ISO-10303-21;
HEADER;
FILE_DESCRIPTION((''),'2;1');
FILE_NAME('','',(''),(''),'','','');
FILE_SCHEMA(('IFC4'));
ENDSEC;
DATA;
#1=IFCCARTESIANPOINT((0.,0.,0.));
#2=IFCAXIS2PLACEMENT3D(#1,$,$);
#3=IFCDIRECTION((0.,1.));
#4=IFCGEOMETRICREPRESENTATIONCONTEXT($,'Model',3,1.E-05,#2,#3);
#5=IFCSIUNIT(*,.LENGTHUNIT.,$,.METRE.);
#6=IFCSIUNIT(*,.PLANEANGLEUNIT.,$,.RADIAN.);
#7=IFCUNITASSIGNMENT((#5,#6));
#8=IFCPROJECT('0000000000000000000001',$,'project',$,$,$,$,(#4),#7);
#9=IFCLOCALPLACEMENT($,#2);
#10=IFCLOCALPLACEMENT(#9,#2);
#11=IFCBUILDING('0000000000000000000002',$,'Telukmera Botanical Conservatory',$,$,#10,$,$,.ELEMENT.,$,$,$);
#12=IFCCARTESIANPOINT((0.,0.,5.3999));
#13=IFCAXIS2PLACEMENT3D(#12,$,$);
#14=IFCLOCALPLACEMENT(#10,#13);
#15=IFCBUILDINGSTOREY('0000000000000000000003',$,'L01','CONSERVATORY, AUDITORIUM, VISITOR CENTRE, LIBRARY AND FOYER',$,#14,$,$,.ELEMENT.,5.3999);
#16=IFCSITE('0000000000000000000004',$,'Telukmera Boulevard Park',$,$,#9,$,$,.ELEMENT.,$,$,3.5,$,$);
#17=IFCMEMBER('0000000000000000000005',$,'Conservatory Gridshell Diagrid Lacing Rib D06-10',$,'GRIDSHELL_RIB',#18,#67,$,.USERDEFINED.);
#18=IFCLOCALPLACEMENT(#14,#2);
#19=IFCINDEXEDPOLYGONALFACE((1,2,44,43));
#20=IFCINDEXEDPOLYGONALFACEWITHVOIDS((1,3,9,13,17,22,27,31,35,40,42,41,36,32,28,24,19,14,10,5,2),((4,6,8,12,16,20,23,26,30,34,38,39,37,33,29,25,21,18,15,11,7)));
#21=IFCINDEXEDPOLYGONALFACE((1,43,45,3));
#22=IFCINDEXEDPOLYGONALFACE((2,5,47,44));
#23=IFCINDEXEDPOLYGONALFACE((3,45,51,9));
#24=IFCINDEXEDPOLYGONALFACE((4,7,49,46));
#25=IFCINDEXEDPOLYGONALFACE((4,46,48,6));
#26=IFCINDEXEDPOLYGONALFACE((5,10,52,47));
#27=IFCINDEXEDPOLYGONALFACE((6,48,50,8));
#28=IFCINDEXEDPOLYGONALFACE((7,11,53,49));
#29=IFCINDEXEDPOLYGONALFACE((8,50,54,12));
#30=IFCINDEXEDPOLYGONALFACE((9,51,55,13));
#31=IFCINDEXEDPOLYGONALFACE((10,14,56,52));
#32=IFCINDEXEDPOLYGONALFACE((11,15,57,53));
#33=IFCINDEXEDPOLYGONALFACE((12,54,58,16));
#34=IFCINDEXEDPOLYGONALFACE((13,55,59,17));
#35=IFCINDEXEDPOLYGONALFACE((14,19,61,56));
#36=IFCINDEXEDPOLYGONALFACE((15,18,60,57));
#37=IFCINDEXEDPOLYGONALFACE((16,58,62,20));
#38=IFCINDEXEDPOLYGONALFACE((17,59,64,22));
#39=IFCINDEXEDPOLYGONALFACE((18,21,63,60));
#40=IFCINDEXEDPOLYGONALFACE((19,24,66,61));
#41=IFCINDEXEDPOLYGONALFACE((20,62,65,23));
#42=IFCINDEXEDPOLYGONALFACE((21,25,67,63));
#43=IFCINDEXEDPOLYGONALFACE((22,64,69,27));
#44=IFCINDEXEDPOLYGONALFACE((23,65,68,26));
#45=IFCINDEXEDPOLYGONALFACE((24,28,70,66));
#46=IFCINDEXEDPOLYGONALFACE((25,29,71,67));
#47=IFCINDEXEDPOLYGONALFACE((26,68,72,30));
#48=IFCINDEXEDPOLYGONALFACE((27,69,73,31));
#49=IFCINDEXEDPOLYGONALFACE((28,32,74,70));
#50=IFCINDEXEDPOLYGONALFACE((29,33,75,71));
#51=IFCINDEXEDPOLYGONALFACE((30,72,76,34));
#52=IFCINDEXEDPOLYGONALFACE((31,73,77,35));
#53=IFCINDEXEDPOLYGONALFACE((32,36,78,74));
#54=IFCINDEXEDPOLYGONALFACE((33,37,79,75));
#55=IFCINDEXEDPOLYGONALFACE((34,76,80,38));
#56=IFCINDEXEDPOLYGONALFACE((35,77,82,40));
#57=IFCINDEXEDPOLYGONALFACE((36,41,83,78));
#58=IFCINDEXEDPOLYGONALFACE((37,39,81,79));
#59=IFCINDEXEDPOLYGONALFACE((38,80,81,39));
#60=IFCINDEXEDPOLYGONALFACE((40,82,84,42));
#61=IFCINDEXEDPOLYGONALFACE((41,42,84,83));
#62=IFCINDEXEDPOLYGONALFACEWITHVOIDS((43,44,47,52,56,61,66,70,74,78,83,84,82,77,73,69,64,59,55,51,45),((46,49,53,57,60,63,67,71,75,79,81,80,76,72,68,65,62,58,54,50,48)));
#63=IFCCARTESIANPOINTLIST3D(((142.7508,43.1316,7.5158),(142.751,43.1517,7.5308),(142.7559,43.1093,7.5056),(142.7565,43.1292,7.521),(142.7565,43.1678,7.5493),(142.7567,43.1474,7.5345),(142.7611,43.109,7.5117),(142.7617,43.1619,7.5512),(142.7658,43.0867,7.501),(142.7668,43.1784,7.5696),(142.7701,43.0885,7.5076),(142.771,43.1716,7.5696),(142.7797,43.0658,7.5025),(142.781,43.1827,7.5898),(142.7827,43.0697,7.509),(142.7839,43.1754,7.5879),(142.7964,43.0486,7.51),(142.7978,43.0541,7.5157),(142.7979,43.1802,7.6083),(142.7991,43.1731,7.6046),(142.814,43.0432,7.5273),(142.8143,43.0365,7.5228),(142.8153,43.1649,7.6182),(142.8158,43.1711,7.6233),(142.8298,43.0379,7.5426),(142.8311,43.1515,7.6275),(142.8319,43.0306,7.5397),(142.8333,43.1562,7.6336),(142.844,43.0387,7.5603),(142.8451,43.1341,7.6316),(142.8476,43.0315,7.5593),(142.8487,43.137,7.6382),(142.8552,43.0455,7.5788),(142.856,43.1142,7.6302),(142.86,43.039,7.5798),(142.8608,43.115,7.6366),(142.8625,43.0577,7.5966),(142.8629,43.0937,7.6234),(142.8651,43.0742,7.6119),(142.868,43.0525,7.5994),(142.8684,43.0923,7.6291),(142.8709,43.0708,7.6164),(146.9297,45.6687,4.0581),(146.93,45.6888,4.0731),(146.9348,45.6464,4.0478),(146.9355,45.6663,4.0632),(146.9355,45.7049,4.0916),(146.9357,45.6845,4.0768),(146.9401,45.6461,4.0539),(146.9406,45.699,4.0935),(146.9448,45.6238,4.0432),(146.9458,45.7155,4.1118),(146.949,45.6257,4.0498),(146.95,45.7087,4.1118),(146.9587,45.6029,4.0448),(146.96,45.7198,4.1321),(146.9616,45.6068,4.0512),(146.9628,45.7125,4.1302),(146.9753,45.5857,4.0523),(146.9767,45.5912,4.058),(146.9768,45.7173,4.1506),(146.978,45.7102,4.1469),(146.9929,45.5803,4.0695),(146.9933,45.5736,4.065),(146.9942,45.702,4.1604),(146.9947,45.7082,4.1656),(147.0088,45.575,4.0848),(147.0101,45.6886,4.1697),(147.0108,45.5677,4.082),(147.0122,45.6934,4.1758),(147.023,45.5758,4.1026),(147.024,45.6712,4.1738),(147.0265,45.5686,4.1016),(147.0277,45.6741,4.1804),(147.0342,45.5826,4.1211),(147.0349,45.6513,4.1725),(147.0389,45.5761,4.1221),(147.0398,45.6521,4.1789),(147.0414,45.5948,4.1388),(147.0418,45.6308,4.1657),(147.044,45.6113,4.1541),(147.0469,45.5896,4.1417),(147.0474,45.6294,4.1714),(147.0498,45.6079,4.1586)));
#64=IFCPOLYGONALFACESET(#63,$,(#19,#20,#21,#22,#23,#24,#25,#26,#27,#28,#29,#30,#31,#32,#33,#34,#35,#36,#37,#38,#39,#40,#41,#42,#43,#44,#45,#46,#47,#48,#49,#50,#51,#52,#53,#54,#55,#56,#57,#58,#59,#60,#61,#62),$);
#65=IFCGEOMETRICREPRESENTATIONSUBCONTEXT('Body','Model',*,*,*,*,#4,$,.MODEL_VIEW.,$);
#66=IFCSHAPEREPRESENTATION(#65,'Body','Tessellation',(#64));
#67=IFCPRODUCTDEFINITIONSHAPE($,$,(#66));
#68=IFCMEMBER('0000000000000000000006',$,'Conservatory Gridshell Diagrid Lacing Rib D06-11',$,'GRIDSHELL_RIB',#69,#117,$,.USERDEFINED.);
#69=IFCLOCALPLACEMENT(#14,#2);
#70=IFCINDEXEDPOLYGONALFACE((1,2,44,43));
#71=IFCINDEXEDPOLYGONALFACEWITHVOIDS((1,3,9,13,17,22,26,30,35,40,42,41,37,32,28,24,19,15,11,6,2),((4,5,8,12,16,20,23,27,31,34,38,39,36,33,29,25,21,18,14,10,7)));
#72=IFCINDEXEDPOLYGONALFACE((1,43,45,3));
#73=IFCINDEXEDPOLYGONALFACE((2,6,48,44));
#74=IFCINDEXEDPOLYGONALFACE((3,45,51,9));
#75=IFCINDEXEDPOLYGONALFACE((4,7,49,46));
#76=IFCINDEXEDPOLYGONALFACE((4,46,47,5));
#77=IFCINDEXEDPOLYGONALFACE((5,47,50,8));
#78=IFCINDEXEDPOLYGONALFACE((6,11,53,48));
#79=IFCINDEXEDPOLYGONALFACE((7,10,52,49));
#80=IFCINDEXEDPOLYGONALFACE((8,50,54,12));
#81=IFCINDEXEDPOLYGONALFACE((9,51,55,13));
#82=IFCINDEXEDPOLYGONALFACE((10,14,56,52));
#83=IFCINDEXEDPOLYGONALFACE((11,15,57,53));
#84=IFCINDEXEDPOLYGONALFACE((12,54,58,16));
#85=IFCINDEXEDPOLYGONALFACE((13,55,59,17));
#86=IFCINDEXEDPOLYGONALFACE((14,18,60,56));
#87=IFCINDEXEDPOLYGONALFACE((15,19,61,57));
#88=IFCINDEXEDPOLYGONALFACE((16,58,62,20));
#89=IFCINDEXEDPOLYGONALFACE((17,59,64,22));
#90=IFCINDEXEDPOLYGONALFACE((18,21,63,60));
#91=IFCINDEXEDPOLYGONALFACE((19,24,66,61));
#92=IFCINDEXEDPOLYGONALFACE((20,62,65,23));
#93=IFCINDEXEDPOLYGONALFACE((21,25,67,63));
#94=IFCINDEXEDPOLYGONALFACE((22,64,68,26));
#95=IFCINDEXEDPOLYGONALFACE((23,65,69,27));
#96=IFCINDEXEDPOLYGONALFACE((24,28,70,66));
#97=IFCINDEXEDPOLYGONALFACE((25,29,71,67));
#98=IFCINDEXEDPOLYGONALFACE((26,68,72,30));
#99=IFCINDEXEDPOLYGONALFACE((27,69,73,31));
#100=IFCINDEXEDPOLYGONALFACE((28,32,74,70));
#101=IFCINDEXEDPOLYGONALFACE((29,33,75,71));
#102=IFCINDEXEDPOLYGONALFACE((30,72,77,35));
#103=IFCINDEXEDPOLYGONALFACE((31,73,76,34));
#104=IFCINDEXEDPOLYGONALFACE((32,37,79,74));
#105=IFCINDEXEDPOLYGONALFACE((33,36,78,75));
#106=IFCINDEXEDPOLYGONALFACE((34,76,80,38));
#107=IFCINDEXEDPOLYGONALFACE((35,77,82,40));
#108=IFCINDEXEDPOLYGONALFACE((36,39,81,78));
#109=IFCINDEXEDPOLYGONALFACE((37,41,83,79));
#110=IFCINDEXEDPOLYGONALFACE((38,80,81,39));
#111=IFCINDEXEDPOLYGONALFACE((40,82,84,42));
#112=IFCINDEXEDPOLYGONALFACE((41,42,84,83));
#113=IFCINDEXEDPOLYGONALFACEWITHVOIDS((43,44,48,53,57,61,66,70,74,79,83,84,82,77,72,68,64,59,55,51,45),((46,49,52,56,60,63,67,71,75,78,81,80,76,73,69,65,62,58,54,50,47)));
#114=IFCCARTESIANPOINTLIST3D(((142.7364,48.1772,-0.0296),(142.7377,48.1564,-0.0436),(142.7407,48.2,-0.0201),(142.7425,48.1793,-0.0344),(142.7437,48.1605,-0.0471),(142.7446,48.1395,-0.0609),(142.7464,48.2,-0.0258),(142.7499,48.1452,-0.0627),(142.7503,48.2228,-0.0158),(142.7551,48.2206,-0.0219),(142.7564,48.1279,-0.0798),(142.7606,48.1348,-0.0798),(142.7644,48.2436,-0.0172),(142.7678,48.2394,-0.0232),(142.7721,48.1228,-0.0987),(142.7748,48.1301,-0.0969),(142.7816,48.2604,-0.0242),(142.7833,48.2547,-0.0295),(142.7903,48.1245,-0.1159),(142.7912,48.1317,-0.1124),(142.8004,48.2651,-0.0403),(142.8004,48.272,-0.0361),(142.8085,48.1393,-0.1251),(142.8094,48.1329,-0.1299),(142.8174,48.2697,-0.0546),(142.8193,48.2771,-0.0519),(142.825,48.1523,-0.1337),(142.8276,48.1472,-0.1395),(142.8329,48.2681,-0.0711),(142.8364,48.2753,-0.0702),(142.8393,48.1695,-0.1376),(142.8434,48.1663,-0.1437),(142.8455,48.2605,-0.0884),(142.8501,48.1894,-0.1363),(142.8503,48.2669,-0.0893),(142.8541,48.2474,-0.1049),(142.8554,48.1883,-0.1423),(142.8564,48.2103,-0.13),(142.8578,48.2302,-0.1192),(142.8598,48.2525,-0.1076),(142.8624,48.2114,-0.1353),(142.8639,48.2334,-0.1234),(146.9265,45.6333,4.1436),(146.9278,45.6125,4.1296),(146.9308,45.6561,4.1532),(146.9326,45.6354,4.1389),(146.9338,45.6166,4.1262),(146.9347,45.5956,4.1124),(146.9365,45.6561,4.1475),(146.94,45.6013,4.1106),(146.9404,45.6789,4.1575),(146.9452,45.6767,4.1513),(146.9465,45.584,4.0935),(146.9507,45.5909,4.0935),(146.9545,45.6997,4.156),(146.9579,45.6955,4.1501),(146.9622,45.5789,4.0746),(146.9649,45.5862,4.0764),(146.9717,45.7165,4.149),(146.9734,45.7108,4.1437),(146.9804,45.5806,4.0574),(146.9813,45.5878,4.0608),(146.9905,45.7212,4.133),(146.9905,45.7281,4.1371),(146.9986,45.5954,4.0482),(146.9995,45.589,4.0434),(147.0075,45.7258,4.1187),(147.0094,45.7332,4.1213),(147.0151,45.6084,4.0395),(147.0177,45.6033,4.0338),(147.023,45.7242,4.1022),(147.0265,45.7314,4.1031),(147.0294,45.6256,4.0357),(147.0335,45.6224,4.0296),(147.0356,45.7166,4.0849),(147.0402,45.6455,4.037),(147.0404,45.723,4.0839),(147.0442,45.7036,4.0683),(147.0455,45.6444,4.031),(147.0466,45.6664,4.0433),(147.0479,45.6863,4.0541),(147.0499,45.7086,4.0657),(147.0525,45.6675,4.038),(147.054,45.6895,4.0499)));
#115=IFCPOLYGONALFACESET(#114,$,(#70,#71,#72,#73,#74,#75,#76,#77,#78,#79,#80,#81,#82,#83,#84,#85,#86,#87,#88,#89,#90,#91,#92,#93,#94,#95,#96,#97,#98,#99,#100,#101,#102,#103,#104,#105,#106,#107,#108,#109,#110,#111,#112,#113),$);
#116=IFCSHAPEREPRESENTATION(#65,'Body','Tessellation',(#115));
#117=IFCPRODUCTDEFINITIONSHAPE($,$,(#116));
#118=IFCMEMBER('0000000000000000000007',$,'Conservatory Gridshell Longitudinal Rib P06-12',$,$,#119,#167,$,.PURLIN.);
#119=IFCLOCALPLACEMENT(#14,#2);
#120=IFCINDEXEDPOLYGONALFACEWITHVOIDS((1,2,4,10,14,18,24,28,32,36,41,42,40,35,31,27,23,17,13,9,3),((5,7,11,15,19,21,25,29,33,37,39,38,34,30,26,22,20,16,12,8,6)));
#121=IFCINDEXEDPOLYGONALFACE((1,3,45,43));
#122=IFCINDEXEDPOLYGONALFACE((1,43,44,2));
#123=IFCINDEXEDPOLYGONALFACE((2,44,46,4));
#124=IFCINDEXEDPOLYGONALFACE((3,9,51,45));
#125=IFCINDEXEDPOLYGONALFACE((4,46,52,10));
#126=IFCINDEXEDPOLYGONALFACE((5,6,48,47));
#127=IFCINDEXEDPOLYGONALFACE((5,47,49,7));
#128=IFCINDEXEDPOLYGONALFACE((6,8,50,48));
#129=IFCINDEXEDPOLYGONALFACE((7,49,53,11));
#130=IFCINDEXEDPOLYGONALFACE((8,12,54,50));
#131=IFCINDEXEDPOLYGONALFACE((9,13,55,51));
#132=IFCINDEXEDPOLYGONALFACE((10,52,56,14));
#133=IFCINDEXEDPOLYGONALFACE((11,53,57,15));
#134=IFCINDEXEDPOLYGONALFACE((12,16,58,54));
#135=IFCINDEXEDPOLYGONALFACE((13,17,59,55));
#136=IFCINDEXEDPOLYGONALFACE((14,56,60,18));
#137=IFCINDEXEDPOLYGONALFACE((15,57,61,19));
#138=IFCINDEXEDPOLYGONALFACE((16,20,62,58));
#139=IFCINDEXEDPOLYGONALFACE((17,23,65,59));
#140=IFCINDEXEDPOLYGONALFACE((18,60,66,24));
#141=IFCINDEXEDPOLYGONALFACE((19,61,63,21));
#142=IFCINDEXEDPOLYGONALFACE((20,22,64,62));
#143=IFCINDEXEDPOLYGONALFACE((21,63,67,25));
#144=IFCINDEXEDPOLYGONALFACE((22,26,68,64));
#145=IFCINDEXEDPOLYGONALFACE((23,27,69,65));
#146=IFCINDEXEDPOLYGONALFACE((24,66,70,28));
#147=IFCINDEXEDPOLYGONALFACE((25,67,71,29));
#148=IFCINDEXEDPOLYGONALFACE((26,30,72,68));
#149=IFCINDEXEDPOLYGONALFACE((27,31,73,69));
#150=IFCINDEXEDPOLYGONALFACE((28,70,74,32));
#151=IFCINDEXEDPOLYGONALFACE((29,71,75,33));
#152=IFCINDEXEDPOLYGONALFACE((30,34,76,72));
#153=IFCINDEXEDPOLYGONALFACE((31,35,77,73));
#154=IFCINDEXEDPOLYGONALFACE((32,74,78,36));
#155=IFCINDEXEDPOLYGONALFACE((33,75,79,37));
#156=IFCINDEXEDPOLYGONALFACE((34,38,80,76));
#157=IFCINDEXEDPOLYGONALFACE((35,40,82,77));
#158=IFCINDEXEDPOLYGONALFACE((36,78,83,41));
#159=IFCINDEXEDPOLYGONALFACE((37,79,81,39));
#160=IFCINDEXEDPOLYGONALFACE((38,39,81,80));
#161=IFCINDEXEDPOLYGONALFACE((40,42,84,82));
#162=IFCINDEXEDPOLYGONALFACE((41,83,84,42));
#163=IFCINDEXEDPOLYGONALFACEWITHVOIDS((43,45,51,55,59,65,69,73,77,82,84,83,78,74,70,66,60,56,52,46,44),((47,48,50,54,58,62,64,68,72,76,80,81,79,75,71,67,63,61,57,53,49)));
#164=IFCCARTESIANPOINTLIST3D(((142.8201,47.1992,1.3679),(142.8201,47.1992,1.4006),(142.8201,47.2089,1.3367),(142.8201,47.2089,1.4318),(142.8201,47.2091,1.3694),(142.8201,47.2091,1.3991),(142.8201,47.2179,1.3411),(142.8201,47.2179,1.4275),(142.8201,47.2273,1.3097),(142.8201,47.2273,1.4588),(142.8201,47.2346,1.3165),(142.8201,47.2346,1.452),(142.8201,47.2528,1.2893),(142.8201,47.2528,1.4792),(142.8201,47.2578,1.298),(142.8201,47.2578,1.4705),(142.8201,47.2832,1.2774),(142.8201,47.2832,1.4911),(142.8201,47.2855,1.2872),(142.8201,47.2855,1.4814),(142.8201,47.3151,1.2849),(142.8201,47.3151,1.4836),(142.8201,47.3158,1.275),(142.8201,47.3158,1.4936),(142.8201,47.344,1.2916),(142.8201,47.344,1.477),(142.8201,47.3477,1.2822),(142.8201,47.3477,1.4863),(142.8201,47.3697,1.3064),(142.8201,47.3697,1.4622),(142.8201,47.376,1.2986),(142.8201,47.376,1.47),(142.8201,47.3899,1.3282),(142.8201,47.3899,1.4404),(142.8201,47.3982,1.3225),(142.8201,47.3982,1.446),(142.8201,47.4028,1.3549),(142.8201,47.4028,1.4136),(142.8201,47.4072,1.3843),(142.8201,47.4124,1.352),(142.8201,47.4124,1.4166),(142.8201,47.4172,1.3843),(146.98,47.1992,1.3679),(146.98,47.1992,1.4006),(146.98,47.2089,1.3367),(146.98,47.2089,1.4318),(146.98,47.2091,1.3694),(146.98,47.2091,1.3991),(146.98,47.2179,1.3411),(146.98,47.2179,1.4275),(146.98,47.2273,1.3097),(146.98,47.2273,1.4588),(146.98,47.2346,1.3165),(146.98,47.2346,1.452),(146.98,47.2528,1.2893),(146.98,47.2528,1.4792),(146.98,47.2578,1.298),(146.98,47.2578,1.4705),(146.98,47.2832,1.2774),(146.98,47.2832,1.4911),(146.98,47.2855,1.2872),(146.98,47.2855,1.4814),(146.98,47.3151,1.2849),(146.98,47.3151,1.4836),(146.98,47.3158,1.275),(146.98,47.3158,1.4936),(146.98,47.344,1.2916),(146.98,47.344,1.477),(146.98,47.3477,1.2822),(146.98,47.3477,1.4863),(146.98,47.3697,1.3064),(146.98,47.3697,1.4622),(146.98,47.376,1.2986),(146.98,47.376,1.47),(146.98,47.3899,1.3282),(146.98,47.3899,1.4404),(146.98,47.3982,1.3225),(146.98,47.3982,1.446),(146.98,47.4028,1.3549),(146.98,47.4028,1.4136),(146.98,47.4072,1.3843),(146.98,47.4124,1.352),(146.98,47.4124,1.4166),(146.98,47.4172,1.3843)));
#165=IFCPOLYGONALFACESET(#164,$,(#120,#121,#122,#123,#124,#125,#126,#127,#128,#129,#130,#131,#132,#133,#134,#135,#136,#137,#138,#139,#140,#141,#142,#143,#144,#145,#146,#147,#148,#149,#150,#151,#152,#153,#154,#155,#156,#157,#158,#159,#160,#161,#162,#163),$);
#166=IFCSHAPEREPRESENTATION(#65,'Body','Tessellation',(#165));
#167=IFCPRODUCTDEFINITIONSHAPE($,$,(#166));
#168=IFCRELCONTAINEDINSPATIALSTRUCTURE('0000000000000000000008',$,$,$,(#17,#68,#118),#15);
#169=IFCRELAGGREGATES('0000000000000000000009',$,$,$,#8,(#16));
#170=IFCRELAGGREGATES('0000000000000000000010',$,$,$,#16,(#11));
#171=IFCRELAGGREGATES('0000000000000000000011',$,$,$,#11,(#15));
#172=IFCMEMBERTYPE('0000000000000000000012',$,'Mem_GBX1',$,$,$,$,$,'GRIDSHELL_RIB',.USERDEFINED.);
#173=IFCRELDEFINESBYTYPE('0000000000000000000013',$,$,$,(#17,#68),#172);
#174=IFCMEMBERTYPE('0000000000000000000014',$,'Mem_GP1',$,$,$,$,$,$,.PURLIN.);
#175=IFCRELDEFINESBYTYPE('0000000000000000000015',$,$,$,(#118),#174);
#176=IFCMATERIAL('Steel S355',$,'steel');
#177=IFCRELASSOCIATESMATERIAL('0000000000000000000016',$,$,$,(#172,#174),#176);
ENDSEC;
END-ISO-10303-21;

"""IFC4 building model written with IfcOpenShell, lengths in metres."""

from ifc_helpers import new_model, si_unit, direction, frame, origin, origin_2d, place, context, subcontext, project, spatial, hollow_circle, extrude, material, material_profile, profile_set, type_object, element, save


model = new_model("IFC4")

# Units and contexts
model_context = context("Model", 3, precision=1e-05, world=origin(), true_north=direction((0.0, 1.0)))
body_context = subcontext(model_context, "Body", "Model", "MODEL_VIEW")
ifc_project = project(units=[si_unit("LENGTHUNIT", "METRE"), si_unit("PLANEANGLEUNIT", "RADIAN")], contexts=[model_context])

# Site, building, storey
site_placement = place(None, origin())
site = spatial("IfcSite", under=ifc_project, at=site_placement, Name="Telukmera Boulevard Park", CompositionType="ELEMENT", RefElevation=3.5)
building_placement = place(site_placement, origin())
building = spatial("IfcBuilding", under=site, at=building_placement, Name="Telukmera Botanical Conservatory", CompositionType="ELEMENT")
storey_placement = place(building_placement, frame((0.0, 0.0, 5.3999)))
storey = spatial("IfcBuildingStorey", under=building, at=storey_placement, Name="L01", Description="CONSERVATORY, AUDITORIUM, VISITOR CENTRE, LIBRARY AND FOYER", CompositionType="ELEMENT", Elevation=5.3999)

# Shared definitions
ifc_material_1 = material(Name="Steel S355", Category="steel")

# Members
ifc_material_profile_1 = material_profile(ifc_material_1, hollow_circle(Radius=0.0842, WallThickness=0.0081, at=origin_2d()), Name="CHS 168.3x8.0")
ifc_profile_set_1 = profile_set([ifc_material_profile_1], Name="Steel S355")
member_type_1 = type_object("IfcMemberType", Name="Mem_GBX1", ElementType="GRIDSHELL_RIB", PredefinedType="USERDEFINED", material=ifc_profile_set_1)
member_1_placement = place(storey_placement, frame((142.8105, 43.1064, 7.5696), z_axis=(0.697883, 0.423696, -0.577444), x_axis=(-0.518961, 0.854798, 0.0)))
element("IfcMember", 1, at=member_1_placement, inside=storey, type_object=member_type_1, Name="Conservatory Gridshell Diagrid Lacing Rib D06-10", ObjectType="GRIDSHELL_RIB", PredefinedType="USERDEFINED", context=body_context, shape_type="SweptSolid", body=[
    extrude(hollow_circle(Radius=0.0842, WallThickness=0.0081, at=origin_2d()), origin(), (0.0, 0.0, 1.0), 5.988),
])
member_2_placement = place(storey_placement, frame((146.9902, 45.656, 4.0935), z_axis=(-0.650866, 0.395154, -0.648249), x_axis=(-0.518964, -0.854796, 0.0)))
element("IfcMember", 2, at=member_2_placement, inside=storey, type_object=member_type_1, Name="Conservatory Gridshell Diagrid Lacing Rib D06-11", ObjectType="GRIDSHELL_RIB", PredefinedType="USERDEFINED", context=body_context, shape_type="SweptSolid", body=[
    extrude(hollow_circle(Radius=0.0842, WallThickness=0.0081, at=origin_2d()), origin(), (0.0, 0.0, 1.0), 6.4377),
])
ifc_material_profile_2 = material_profile(ifc_material_1, hollow_circle(Radius=0.1096, WallThickness=0.01, at=origin_2d()), Name="CHS 219.1x10.0")
ifc_profile_set_2 = profile_set([ifc_material_profile_2], Name="Steel S355")
member_type_2 = type_object("IfcMemberType", Name="Mem_GP1", PredefinedType="PURLIN", material=ifc_profile_set_2)
member_3_placement = place(storey_placement, frame((142.8201, 47.3076, 1.3843), z_axis=(1.0, 0.0, 0.0), x_axis=(0.0, 1.0, 0.0)))
element("IfcMember", 3, at=member_3_placement, inside=storey, type_object=member_type_2, Name="Conservatory Gridshell Longitudinal Rib P06-12", PredefinedType="PURLIN", context=body_context, shape_type="SweptSolid", body=[
    extrude(hollow_circle(Radius=0.1096, WallThickness=0.01, at=origin_2d()), origin(), (0.0, 0.0, 1.0), 4.1599),
])

save(model, "model.ifc")
